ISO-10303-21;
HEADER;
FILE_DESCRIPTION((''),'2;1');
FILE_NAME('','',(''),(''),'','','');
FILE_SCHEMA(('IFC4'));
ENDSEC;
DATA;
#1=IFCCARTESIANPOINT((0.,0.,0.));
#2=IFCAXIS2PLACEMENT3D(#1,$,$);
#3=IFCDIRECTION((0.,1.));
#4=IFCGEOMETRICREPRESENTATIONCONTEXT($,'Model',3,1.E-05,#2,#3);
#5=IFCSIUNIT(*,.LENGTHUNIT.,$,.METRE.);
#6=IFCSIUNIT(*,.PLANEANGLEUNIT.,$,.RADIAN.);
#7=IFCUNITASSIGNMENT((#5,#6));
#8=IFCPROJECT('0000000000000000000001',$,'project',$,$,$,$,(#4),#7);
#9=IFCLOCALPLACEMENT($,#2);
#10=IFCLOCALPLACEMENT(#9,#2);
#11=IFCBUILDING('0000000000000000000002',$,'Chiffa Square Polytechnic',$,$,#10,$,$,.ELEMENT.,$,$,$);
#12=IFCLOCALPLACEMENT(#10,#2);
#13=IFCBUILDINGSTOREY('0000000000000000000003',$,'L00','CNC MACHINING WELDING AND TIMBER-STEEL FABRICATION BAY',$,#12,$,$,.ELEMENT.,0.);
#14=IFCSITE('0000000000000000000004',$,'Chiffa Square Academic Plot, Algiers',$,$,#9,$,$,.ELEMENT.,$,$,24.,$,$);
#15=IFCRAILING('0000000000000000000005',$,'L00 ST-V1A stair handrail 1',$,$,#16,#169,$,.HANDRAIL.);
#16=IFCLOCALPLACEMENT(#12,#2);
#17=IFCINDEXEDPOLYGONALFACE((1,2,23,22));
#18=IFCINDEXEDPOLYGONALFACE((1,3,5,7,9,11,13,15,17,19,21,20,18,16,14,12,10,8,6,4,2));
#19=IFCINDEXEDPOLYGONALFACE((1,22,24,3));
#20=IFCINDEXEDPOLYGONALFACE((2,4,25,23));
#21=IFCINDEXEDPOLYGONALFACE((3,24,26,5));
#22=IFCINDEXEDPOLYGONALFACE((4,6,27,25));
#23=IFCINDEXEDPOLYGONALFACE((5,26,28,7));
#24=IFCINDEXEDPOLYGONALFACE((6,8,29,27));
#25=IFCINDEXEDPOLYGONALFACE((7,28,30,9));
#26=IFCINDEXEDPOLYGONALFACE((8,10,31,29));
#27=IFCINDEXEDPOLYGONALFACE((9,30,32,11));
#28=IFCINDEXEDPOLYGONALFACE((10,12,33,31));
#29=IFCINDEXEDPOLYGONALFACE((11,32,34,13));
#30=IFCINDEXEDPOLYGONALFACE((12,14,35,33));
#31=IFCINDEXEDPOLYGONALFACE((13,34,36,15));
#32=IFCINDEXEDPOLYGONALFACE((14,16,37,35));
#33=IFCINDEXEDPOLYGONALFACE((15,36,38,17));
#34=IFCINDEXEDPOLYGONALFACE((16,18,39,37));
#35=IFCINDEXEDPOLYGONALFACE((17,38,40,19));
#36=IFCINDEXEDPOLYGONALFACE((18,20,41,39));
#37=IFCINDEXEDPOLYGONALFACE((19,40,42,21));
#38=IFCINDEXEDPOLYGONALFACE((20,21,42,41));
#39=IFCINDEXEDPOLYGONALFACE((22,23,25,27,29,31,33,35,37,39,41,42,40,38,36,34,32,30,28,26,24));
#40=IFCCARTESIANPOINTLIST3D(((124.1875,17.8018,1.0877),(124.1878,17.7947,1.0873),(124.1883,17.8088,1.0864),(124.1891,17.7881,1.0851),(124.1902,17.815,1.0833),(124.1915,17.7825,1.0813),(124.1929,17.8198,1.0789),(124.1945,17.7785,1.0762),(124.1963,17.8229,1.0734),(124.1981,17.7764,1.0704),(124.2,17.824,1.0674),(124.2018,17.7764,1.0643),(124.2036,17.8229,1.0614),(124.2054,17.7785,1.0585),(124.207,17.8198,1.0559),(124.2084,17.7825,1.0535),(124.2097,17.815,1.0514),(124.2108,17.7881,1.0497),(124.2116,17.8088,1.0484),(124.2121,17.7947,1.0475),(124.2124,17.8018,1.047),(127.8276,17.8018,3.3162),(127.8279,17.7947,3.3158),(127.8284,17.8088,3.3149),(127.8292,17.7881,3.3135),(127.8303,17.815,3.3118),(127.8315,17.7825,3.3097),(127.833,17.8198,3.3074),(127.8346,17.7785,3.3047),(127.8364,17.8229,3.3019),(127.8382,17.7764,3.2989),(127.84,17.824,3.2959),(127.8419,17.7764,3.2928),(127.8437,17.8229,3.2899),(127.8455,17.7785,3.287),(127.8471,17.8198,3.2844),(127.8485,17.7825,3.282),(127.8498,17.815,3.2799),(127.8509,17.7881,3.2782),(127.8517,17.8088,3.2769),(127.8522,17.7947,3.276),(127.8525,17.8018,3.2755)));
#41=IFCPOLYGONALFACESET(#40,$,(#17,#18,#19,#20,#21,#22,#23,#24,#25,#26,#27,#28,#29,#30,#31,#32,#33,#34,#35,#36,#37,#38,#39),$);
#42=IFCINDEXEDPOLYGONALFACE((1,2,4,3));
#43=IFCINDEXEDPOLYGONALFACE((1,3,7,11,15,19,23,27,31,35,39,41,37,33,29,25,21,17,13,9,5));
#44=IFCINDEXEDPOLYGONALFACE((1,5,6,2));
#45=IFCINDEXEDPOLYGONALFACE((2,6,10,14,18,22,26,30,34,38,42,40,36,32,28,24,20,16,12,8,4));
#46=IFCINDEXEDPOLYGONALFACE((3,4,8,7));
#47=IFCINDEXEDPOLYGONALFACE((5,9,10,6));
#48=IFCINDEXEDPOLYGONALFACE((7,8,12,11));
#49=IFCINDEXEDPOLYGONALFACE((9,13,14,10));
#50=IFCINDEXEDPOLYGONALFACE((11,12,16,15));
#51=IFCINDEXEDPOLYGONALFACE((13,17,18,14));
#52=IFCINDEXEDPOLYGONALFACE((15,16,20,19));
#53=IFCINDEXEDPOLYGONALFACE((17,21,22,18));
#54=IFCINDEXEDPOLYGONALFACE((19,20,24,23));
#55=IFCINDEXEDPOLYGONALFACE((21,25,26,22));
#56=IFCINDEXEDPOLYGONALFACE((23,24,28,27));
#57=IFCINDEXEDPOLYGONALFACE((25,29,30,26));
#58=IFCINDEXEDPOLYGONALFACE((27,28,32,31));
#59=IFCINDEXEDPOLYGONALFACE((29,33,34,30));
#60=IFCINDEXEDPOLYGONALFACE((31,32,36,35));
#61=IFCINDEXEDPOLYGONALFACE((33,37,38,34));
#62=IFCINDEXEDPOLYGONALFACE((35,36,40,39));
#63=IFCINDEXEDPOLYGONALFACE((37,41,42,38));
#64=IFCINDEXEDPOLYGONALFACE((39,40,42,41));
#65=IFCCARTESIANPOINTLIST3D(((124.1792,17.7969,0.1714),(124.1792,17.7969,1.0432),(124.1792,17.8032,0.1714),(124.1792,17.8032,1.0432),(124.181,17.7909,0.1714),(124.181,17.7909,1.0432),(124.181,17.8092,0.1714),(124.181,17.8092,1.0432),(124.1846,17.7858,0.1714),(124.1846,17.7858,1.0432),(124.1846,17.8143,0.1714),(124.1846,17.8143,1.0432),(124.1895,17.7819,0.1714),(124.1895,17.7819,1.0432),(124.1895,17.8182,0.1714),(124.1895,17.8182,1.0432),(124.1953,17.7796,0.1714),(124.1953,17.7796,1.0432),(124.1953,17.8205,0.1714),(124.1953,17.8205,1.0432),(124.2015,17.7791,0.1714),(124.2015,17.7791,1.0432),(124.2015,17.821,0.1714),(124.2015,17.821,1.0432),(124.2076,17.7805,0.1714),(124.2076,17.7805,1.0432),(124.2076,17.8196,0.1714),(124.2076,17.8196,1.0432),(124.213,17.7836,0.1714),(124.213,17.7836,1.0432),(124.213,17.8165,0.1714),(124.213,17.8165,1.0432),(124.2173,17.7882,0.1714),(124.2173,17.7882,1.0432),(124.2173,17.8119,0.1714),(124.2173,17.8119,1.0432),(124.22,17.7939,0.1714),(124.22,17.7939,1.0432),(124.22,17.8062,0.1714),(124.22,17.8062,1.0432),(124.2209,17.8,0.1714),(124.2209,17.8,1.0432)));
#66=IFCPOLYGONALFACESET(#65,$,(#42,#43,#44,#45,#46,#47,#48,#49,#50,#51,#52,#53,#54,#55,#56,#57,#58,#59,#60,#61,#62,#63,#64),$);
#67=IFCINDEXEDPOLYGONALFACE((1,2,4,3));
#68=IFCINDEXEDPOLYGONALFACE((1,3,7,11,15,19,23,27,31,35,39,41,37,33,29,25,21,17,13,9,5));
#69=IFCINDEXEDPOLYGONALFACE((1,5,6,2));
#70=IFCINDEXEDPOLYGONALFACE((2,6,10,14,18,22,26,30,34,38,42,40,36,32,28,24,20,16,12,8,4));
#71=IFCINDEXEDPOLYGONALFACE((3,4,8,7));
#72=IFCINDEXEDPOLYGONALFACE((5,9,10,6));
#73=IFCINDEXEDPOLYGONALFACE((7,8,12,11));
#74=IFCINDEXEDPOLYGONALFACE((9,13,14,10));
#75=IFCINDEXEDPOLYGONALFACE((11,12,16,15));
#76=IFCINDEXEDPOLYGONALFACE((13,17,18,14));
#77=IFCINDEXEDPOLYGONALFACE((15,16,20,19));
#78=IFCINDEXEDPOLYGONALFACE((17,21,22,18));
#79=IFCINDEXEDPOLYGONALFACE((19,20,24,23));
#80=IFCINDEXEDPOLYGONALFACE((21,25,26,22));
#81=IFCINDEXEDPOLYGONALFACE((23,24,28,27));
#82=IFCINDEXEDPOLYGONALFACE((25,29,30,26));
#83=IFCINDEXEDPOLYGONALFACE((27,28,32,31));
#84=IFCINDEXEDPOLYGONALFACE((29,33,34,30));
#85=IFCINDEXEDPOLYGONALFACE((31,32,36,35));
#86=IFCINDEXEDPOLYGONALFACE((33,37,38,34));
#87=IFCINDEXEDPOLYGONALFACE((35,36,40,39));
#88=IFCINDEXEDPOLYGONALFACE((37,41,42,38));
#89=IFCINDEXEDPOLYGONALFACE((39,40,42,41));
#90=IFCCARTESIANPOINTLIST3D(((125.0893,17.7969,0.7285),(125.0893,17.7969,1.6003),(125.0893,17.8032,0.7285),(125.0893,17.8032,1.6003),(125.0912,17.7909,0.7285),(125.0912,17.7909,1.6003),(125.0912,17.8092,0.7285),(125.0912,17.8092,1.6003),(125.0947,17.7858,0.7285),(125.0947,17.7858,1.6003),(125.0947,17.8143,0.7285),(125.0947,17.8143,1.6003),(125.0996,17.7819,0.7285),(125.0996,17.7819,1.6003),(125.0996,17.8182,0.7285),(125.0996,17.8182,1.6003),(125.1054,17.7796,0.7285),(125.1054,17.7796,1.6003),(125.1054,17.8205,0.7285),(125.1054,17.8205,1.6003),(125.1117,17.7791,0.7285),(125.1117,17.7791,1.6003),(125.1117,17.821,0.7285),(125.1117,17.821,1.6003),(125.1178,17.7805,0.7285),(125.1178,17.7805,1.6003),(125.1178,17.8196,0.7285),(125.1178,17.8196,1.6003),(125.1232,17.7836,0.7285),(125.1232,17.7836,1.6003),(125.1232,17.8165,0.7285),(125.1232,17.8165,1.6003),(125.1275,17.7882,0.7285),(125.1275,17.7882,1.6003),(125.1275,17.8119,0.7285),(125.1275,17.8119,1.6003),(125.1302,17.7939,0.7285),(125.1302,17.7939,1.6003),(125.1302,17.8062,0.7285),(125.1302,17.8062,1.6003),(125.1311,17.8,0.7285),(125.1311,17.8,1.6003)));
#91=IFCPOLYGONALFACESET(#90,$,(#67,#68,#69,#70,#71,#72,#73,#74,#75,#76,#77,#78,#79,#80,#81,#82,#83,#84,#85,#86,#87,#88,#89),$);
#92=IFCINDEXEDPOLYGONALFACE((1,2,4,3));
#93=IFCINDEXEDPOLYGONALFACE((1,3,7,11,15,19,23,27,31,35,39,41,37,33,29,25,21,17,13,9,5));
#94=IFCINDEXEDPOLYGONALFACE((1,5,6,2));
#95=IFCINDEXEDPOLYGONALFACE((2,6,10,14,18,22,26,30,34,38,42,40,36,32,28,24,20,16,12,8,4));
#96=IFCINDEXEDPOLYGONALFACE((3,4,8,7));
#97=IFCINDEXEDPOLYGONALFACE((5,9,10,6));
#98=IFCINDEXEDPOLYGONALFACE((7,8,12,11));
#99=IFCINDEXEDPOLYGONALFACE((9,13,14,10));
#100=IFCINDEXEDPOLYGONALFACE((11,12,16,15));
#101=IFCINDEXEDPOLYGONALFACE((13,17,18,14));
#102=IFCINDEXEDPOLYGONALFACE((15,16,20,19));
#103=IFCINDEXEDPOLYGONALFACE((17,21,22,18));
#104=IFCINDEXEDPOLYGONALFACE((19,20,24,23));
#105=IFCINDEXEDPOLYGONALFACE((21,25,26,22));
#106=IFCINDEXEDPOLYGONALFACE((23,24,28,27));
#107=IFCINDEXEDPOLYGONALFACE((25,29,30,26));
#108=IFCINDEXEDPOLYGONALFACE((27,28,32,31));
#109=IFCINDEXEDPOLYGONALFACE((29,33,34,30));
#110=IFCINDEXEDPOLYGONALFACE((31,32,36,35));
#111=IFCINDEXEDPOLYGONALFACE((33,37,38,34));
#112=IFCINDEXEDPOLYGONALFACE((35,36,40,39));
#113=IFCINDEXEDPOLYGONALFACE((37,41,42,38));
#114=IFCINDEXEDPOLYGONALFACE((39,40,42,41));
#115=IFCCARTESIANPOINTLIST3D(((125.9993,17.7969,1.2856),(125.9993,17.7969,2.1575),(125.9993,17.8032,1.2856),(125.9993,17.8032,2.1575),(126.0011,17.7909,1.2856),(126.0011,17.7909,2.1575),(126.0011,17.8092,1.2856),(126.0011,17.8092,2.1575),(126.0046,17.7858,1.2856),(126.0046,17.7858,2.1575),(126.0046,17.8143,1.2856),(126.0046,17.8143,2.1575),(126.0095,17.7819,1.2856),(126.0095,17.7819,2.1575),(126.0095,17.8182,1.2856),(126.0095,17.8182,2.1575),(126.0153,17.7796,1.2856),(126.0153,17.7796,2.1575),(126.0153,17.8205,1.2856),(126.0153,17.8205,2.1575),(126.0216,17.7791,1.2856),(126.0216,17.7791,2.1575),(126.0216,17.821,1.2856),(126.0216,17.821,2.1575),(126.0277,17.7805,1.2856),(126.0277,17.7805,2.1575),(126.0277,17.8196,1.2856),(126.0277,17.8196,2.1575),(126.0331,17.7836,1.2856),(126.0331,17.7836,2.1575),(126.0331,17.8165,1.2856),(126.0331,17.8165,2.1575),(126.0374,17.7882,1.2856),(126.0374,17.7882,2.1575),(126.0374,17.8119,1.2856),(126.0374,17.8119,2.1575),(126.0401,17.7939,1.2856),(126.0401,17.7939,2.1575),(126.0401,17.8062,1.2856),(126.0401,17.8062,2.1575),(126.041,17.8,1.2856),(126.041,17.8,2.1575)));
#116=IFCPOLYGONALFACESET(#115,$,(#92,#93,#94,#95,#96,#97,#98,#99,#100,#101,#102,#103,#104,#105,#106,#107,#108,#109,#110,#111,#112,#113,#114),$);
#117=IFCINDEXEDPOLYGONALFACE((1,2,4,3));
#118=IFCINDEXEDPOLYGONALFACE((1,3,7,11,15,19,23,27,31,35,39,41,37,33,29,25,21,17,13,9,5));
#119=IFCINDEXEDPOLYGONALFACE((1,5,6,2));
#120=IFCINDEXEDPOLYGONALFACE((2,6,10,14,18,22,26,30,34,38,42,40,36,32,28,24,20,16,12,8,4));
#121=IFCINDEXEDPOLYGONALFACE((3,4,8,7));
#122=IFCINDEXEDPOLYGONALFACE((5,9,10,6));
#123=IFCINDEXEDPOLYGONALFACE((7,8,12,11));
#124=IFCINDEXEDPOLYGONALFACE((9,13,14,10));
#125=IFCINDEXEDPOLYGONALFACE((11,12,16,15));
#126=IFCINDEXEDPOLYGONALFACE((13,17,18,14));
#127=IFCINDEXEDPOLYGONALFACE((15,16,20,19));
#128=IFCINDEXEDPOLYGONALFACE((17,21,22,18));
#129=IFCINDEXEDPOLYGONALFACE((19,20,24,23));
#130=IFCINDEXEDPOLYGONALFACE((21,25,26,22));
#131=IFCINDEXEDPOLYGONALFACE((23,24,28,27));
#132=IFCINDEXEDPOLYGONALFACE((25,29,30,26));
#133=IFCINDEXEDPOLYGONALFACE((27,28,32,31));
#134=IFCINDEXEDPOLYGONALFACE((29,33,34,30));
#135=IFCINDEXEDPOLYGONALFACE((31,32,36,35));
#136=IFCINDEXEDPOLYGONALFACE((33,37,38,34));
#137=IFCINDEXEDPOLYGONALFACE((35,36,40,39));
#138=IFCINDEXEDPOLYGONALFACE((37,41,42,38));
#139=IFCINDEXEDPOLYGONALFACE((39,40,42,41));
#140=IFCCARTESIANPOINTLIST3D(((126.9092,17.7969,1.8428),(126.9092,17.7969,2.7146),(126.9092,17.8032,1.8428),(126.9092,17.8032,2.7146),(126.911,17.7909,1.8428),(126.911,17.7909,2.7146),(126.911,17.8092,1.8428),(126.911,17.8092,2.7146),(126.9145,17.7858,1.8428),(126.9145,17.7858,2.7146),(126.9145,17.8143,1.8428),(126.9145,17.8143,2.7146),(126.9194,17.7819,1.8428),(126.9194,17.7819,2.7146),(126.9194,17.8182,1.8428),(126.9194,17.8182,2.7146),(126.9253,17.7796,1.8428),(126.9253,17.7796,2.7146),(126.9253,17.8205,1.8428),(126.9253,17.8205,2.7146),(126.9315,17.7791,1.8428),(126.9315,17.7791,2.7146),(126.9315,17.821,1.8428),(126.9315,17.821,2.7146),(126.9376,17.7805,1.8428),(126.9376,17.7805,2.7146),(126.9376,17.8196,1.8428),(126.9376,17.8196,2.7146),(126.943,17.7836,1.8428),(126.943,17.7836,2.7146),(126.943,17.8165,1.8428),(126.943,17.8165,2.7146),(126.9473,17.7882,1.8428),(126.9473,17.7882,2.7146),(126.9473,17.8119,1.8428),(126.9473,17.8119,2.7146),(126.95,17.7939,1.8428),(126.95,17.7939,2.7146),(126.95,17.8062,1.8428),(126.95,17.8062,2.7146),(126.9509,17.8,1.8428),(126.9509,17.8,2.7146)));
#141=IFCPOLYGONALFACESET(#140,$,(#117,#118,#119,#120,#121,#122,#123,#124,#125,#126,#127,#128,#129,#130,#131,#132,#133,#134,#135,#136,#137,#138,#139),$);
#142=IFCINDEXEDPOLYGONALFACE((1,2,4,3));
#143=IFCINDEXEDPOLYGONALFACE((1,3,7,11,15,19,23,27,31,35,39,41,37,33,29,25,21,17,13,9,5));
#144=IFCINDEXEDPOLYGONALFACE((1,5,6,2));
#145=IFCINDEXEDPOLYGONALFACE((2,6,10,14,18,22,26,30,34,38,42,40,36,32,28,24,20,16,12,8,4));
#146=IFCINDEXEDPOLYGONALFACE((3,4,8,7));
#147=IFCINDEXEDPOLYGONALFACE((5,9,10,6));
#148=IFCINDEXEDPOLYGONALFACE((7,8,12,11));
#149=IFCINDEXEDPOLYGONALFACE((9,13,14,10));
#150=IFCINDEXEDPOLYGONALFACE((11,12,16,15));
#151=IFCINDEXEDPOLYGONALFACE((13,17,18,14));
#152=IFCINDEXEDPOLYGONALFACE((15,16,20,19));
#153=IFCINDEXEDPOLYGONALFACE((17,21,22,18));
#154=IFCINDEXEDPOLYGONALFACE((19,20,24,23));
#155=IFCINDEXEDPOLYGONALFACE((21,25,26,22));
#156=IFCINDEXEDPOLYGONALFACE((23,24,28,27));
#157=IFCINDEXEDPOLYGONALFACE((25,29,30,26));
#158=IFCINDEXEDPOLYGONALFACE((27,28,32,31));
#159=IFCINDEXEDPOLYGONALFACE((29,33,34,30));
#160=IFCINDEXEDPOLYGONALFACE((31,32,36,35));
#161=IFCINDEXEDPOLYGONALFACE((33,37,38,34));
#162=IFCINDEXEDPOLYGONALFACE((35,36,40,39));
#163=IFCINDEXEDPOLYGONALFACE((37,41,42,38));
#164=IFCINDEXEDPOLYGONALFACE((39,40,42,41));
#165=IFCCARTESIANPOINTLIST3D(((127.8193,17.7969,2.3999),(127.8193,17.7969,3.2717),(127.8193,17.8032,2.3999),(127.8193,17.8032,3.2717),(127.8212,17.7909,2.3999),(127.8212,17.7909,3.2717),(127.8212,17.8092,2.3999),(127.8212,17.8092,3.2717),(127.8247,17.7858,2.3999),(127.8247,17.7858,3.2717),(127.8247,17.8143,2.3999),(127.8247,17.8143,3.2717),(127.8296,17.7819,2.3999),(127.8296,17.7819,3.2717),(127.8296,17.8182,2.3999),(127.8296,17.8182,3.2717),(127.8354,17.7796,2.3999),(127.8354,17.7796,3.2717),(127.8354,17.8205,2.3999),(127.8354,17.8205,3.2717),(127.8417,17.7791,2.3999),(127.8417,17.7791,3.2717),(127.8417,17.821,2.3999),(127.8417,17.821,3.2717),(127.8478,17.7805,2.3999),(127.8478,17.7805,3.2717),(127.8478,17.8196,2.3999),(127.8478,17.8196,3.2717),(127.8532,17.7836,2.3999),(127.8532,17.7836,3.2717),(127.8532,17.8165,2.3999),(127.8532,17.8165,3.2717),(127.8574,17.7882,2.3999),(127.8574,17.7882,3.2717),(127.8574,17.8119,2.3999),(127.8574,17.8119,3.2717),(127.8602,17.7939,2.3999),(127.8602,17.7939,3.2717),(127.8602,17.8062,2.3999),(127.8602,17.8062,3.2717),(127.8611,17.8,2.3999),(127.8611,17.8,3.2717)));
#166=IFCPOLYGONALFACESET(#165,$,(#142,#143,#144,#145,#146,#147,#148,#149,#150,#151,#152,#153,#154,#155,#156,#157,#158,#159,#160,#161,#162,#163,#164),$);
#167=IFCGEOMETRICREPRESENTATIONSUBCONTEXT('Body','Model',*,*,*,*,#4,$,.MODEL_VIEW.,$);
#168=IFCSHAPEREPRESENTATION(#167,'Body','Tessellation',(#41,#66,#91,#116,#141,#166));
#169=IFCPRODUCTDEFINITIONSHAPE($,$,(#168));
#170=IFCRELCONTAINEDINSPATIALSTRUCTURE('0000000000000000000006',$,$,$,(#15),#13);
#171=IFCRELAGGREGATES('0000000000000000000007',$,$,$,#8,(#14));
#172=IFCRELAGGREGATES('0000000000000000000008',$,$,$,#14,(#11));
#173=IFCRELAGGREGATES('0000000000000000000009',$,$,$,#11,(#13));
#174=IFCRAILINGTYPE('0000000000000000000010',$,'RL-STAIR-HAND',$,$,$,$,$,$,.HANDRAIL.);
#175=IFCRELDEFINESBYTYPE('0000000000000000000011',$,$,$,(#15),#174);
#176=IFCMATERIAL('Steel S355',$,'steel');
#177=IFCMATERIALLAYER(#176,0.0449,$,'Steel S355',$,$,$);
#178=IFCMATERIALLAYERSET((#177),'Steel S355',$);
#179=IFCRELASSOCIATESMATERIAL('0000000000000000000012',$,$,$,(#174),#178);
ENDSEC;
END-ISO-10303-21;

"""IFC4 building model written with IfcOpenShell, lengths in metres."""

from ifc_helpers import new_model, si_unit, direction, frame, origin, origin_2d, place, context, subcontext, project, spatial, circle, extrude, material, layer, layer_set, type_object, element, save


model = new_model("IFC4")

# Units and contexts
model_context = context("Model", 3, precision=1e-05, world=origin(), true_north=direction((0.0, 1.0)))
body_context = subcontext(model_context, "Body", "Model", "MODEL_VIEW")
ifc_project = project(units=[si_unit("LENGTHUNIT", "METRE"), si_unit("PLANEANGLEUNIT", "RADIAN")], contexts=[model_context])

# Site, building, storey
site_placement = place(None, origin())
site = spatial("IfcSite", under=ifc_project, at=site_placement, Name="Chiffa Square Academic Plot, Algiers", CompositionType="ELEMENT", RefElevation=24.0)
building_placement = place(site_placement, origin())
building = spatial("IfcBuilding", under=site, at=building_placement, Name="Chiffa Square Polytechnic", CompositionType="ELEMENT")
storey_placement = place(building_placement, origin())
storey = spatial("IfcBuildingStorey", under=building, at=storey_placement, Name="L00", Description="CNC MACHINING WELDING AND TIMBER-STEEL FABRICATION BAY", CompositionType="ELEMENT", Elevation=0.0)

# Shared definitions
ifc_material_1 = material(Name="Steel S355", Category="steel")

# Railing
ifc_layer_1 = layer(ifc_material_1, 0.0449, Name="Steel S355")
ifc_layer_set_1 = layer_set([ifc_layer_1], Name="Steel S355")
railing_type = type_object("IfcRailingType", Name="RL-STAIR-HAND", PredefinedType="HANDRAIL", material=ifc_layer_set_1)
railing_placement = place(storey_placement, frame((124.2, 17.8, 0.1714)))
element("IfcRailing", 1, at=railing_placement, inside=storey, type_object=railing_type, Name="L00 ST-V1A stair handrail 1", PredefinedType="HANDRAIL", context=body_context, shape_type="SweptSolid", body=[
    extrude(circle(Radius=0.0239, at=origin_2d()), frame((0.0, 0.0, 0.896), z_axis=(0.852866, 0.0, 0.52213), x_axis=(0.0, 1.0, 0.0)), (0.0, 0.0, 1.0), 4.2681),
    extrude(circle(Radius=0.021, at=origin_2d()), origin(), (0.0, 0.0, 1.0), 0.8718),
    extrude(circle(Radius=0.021, at=origin_2d()), frame((0.9102, 0.0, 0.5571)), (0.0, 0.0, 1.0), 0.8718),
    extrude(circle(Radius=0.021, at=origin_2d()), frame((1.8201, 0.0, 1.1143)), (0.0, 0.0, 1.0), 0.8718),
    extrude(circle(Radius=0.021, at=origin_2d()), frame((2.73, 0.0, 1.6714)), (0.0, 0.0, 1.0), 0.8718),
    extrude(circle(Radius=0.021, at=origin_2d()), frame((3.6401, 0.0, 2.2285)), (0.0, 0.0, 1.0), 0.8718),
])

save(model, "model.ifc")
